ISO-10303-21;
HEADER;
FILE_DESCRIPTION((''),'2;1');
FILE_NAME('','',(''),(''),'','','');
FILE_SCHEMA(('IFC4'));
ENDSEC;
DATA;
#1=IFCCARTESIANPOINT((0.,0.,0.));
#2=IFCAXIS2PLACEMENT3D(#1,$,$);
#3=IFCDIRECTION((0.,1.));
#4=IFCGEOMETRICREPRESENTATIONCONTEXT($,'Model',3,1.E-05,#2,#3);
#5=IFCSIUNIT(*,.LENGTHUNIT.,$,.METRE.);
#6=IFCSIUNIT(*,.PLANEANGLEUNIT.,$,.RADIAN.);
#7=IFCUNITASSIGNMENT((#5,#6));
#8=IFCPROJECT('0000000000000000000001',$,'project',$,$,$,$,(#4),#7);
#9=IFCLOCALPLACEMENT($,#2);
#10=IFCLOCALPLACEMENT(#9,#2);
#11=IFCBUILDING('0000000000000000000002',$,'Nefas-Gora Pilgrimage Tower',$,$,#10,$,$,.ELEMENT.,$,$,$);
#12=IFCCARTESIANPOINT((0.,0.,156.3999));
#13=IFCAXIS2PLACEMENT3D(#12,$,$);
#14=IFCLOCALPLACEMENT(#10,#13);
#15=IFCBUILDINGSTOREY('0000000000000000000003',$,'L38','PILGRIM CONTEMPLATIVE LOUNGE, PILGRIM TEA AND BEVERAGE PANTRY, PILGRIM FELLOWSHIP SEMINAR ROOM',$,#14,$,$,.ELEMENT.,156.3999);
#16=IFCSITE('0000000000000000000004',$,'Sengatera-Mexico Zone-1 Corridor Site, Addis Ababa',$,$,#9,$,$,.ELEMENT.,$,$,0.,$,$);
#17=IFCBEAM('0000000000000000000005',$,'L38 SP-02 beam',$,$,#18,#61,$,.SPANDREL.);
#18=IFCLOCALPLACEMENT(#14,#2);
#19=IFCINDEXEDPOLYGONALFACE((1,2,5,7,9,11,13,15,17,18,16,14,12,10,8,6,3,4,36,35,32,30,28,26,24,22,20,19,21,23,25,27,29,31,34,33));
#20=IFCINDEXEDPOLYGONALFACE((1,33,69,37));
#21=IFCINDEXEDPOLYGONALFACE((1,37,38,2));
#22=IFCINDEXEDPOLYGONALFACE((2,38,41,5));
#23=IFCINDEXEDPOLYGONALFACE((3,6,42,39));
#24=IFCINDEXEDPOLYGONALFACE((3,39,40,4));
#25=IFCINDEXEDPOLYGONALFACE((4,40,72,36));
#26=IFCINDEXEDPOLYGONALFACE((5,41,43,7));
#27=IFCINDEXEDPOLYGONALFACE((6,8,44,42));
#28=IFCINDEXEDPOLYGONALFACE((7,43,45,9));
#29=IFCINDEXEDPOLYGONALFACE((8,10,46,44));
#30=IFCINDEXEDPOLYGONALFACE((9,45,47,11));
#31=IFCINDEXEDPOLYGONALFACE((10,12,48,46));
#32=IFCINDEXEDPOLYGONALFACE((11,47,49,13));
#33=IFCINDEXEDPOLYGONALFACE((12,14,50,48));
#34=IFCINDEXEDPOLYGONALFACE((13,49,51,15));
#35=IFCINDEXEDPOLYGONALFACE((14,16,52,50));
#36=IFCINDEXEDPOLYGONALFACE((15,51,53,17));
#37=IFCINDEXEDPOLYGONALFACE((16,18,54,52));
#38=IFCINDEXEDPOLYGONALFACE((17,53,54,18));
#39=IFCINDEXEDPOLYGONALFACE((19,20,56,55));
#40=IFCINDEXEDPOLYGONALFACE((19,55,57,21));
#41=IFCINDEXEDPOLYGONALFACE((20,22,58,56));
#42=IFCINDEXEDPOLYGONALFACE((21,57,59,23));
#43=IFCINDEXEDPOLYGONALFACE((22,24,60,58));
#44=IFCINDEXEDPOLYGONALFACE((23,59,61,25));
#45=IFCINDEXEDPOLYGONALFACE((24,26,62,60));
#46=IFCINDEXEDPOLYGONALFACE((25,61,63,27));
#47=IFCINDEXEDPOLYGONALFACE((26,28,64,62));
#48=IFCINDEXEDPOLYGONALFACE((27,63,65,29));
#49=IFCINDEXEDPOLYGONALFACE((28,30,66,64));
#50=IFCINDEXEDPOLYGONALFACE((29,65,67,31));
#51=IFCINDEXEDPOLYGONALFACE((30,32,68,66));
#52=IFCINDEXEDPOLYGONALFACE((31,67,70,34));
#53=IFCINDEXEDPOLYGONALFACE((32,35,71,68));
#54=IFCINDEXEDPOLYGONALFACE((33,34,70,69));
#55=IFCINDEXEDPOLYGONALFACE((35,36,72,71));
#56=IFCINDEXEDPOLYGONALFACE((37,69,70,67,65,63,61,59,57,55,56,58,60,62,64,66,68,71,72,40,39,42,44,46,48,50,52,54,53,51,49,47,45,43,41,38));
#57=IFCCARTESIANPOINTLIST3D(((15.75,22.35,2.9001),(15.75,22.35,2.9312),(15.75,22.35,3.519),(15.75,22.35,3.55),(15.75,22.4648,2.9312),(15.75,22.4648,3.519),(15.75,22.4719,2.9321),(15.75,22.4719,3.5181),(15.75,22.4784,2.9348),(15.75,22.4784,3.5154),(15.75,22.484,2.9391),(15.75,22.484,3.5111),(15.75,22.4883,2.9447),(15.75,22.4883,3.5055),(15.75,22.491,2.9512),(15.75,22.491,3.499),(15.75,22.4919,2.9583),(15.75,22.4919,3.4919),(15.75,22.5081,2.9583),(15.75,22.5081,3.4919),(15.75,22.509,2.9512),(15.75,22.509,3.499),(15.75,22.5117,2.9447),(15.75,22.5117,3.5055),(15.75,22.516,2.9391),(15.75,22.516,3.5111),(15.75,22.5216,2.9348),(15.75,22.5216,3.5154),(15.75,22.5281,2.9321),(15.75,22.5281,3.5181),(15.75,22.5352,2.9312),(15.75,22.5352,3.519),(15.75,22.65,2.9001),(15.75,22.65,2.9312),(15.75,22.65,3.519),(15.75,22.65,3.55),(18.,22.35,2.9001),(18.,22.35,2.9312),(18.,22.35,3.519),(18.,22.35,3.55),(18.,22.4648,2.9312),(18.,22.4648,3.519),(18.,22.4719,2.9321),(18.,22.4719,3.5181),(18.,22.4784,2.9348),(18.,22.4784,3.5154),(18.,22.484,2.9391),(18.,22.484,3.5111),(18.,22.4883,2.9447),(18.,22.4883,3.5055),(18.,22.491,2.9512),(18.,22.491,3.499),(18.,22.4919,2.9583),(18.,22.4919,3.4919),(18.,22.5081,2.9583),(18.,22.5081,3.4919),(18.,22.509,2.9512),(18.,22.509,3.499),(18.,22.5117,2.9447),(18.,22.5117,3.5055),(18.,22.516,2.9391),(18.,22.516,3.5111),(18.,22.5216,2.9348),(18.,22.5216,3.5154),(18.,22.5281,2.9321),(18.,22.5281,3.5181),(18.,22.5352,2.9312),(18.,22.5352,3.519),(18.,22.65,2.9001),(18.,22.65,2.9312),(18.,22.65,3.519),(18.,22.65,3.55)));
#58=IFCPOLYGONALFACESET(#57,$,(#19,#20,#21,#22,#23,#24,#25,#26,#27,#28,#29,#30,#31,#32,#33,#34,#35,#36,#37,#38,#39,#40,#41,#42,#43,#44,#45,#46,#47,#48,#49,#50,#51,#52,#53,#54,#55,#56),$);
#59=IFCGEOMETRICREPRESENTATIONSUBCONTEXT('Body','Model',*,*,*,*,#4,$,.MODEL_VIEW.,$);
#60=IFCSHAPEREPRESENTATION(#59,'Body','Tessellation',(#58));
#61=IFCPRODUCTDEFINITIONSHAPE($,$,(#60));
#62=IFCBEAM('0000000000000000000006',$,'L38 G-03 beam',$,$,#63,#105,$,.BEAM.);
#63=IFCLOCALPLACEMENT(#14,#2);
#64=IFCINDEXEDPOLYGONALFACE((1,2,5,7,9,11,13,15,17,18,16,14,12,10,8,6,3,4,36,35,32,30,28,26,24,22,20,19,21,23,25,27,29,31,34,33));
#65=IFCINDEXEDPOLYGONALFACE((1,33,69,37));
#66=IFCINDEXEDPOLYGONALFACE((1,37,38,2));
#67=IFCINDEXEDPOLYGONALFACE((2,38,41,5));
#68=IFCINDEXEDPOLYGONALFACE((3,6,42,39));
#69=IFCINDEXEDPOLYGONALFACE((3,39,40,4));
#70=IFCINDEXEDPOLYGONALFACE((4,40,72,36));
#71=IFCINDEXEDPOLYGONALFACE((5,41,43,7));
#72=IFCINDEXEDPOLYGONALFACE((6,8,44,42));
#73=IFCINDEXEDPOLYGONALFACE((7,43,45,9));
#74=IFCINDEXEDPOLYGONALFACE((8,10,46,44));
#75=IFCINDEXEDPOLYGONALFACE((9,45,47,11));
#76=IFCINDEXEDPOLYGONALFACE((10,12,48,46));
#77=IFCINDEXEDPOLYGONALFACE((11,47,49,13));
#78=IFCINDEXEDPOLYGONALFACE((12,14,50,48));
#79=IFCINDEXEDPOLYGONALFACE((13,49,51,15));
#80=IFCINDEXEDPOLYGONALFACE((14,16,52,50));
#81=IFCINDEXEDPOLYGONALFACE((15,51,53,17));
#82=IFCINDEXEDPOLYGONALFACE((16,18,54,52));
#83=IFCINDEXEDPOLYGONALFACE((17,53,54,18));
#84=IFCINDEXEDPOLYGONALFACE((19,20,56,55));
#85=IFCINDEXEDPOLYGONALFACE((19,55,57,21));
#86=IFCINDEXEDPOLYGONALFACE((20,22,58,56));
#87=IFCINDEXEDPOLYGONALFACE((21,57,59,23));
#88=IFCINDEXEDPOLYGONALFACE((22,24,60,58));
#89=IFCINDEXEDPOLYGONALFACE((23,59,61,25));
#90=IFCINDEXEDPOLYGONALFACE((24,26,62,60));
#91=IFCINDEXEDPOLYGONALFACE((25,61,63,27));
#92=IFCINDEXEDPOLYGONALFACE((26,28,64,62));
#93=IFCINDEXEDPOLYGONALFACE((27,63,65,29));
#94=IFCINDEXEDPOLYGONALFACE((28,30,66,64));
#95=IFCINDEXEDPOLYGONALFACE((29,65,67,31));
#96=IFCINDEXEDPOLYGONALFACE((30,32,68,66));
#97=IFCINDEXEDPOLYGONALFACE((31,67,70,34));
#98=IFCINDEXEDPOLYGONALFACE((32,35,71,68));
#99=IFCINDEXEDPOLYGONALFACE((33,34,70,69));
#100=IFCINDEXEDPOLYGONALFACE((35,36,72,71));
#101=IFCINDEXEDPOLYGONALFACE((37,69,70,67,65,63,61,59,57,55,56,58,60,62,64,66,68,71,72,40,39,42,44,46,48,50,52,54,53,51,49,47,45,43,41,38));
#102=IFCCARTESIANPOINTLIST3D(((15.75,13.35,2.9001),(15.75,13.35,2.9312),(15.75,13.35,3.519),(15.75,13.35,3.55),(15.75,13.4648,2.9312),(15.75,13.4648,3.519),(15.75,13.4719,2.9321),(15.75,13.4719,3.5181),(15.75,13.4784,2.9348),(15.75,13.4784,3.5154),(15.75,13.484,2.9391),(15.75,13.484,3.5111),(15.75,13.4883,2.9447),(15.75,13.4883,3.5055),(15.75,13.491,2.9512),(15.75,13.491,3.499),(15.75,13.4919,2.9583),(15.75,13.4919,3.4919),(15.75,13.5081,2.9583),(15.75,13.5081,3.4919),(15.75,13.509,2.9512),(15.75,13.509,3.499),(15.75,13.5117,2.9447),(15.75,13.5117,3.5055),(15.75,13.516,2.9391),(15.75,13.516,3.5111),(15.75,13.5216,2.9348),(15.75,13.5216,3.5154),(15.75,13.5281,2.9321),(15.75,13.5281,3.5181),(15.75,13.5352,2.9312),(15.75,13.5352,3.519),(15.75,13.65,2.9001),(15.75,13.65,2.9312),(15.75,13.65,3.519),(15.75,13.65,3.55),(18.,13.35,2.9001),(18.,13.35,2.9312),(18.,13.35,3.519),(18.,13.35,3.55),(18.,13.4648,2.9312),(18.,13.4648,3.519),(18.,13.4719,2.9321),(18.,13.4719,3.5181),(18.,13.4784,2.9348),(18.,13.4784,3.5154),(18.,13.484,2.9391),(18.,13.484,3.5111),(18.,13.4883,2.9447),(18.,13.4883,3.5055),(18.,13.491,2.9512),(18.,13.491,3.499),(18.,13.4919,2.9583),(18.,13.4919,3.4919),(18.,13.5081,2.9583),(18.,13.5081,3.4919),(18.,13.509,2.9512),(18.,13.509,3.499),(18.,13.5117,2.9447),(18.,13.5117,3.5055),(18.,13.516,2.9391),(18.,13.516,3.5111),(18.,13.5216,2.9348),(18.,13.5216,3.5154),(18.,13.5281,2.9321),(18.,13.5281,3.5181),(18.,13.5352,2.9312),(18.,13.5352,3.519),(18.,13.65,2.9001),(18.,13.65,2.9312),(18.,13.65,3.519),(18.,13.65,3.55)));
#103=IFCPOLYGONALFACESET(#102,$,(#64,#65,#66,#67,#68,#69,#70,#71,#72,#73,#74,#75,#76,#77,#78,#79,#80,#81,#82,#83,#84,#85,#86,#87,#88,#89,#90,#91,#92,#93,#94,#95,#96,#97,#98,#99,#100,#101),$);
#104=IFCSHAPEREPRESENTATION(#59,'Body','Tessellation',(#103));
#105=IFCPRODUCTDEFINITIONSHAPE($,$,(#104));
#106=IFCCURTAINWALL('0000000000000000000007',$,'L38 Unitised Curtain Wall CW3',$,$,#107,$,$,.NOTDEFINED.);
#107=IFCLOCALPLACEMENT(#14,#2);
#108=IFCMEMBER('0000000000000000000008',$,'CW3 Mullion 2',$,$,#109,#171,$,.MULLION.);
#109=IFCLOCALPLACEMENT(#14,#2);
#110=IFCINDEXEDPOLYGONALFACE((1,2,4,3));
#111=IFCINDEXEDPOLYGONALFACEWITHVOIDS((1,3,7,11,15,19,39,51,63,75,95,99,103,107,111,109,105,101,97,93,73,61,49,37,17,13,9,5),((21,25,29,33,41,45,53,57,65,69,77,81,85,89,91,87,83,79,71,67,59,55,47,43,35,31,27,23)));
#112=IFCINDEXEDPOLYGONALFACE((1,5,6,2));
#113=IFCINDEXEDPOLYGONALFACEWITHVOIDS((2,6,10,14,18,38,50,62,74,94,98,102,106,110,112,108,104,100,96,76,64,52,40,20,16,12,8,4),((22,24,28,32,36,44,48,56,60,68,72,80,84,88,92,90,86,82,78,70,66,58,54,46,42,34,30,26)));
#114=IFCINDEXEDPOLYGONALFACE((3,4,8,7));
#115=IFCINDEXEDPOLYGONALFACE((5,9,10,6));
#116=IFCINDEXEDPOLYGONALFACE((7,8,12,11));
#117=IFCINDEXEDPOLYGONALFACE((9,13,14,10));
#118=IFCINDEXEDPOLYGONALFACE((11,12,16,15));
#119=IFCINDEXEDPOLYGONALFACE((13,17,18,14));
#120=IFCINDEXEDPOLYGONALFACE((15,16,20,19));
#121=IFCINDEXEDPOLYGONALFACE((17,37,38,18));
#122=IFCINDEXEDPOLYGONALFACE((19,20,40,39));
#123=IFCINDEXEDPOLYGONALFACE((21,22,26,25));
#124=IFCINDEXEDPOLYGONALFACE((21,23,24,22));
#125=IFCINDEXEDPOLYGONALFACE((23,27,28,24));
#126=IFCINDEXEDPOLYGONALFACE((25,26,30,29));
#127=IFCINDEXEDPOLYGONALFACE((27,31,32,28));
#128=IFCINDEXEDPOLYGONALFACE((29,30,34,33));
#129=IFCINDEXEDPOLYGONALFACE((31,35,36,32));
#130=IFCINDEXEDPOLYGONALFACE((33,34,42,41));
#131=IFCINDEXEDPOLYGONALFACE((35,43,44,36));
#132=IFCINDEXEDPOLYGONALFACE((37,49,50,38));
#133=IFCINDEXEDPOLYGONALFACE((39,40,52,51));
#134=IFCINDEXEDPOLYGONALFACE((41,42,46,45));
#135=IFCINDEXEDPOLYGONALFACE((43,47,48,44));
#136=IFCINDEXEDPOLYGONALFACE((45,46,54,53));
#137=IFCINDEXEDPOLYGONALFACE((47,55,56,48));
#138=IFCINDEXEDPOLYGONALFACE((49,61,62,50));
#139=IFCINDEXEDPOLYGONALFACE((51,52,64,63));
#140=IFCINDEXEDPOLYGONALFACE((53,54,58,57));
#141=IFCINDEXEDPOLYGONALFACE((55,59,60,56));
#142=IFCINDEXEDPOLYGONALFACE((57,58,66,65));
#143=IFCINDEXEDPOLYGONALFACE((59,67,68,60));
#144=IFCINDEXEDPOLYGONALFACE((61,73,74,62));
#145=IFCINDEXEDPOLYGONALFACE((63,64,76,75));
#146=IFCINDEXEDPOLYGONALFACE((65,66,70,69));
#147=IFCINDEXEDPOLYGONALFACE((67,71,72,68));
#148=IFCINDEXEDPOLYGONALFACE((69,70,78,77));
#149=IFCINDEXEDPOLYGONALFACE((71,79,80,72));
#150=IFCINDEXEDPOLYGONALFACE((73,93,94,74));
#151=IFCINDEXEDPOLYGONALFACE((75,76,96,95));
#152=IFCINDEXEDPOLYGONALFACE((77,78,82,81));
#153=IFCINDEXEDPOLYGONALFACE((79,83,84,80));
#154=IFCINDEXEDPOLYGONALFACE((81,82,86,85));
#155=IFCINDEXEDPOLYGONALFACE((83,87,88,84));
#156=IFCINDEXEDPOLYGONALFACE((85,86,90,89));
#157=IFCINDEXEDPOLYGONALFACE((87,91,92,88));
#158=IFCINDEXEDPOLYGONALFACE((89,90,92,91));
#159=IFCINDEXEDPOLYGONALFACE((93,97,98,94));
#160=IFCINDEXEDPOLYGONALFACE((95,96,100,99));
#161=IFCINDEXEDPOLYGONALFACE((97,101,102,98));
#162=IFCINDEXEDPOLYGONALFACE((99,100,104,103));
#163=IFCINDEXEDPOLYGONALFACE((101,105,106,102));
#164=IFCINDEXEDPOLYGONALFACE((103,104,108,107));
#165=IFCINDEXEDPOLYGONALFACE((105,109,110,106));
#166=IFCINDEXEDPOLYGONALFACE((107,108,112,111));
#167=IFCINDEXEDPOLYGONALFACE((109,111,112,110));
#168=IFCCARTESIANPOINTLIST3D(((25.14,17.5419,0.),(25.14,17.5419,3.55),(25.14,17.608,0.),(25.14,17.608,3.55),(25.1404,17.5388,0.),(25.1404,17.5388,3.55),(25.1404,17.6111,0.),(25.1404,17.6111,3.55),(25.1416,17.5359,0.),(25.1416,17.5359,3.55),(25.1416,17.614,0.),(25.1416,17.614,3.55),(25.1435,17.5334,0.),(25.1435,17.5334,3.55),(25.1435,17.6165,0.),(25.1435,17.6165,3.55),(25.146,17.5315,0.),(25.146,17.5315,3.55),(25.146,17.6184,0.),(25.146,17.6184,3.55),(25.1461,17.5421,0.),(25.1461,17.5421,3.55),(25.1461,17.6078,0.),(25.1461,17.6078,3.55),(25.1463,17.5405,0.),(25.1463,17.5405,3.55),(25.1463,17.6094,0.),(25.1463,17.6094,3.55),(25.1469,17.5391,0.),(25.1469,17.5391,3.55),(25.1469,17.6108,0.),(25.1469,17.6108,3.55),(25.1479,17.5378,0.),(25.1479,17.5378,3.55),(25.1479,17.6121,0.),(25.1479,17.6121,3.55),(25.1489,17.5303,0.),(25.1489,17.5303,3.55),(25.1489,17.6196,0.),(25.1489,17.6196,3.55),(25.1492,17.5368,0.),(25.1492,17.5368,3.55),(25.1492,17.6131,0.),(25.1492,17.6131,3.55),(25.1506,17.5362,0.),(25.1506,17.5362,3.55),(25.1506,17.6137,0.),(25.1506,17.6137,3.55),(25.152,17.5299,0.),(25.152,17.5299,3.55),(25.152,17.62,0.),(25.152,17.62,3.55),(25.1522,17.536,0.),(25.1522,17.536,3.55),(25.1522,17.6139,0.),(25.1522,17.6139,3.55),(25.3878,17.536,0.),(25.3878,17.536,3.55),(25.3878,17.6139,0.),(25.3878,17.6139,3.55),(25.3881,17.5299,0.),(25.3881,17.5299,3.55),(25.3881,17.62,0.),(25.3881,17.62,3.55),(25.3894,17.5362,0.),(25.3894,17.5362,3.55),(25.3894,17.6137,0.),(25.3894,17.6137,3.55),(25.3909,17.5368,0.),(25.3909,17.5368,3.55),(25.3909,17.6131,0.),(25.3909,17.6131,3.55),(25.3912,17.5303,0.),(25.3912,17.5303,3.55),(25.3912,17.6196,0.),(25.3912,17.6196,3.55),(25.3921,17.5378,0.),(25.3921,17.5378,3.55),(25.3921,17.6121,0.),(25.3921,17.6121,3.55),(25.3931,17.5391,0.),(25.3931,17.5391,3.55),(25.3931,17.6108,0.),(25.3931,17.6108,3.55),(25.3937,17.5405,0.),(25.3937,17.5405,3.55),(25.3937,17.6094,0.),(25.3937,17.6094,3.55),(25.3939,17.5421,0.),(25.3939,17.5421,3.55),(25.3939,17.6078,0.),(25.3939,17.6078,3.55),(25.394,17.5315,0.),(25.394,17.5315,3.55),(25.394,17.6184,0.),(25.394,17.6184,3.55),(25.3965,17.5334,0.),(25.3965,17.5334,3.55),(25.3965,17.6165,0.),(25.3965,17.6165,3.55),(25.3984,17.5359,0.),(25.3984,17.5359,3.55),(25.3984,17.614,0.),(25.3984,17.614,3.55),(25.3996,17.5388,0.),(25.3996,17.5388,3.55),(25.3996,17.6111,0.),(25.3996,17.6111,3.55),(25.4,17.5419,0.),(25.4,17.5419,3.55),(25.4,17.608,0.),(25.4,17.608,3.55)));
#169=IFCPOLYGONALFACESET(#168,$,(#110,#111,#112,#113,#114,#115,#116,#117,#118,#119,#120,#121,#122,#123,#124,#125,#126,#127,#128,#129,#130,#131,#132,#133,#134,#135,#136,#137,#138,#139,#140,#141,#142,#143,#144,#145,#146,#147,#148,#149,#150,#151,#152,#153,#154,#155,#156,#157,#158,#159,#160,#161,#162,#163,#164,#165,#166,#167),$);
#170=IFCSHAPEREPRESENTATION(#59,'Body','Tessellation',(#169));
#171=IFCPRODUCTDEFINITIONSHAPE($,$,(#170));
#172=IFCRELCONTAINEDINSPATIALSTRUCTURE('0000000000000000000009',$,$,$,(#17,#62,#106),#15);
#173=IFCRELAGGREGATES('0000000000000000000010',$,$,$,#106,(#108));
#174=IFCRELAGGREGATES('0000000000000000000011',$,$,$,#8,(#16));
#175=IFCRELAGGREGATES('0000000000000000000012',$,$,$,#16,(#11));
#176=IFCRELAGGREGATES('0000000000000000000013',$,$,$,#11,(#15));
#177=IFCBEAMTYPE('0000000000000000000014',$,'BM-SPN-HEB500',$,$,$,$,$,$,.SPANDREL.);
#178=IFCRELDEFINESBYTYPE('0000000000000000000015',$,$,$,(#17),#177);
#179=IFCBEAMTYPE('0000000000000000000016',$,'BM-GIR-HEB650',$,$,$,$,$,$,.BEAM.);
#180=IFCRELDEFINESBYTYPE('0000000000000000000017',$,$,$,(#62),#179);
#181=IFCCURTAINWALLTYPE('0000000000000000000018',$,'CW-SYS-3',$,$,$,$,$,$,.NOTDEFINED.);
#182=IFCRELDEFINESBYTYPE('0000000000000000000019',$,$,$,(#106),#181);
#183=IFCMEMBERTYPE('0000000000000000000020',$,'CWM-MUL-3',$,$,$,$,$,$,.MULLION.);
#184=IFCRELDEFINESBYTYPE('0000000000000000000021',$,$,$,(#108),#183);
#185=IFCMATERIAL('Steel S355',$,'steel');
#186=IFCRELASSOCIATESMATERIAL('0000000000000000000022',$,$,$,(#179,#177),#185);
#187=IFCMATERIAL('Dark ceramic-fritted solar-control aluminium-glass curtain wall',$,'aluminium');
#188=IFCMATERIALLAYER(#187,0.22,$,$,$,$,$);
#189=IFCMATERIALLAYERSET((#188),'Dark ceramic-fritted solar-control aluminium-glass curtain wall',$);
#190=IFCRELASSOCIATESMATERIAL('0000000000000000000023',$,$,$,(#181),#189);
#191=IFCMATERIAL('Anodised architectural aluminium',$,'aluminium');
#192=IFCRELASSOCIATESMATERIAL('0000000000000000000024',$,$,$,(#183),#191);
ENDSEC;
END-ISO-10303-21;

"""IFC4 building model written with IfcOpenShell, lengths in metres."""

from ifc_helpers import new_model, si_unit, direction, frame, origin, origin_2d, place, context, subcontext, project, spatial, hollow_rectangle, i_section, extrude, source, transform, mapped, material, layer, layer_set, material_profile, profile_set, type_object, element, aggregate, save


model = new_model("IFC4")

# Units and contexts
model_context = context("Model", 3, precision=1e-05, world=origin(), true_north=direction((0.0, 1.0)))
body_context = subcontext(model_context, "Body", "Model", "MODEL_VIEW")
ifc_project = project(units=[si_unit("LENGTHUNIT", "METRE"), si_unit("PLANEANGLEUNIT", "RADIAN")], contexts=[model_context])

# Site, building, storey
site_placement = place(None, origin())
site = spatial("IfcSite", under=ifc_project, at=site_placement, Name="Sengatera-Mexico Zone-1 Corridor Site, Addis Ababa", CompositionType="ELEMENT", RefElevation=0.0)
building_placement = place(site_placement, origin())
building = spatial("IfcBuilding", under=site, at=building_placement, Name="Nefas-Gora Pilgrimage Tower", CompositionType="ELEMENT")
storey_placement = place(building_placement, frame((0.0, 0.0, 156.3999)))
storey = spatial("IfcBuildingStorey", under=building, at=storey_placement, Name="L38", Description="PILGRIM CONTEMPLATIVE LOUNGE, PILGRIM TEA AND BEVERAGE PANTRY, PILGRIM FELLOWSHIP SEMINAR ROOM", CompositionType="ELEMENT", Elevation=156.3999)

# Beams
ifc_material_1 = material(Name="Steel S355", Category="steel")
ifc_material_profile_1 = material_profile(ifc_material_1, i_section(OverallWidth=0.3, OverallDepth=0.6499, WebThickness=0.0161, FlangeThickness=0.031, FilletRadius=0.0271, at=origin_2d()), Name="HEB 650")
ifc_profile_set_1 = profile_set([ifc_material_profile_1], Name="Steel S355")
beam_type_1 = type_object("IfcBeamType", Name="BM-GIR-HEB650", PredefinedType="BEAM", material=ifc_profile_set_1)
ifc_material_profile_2 = material_profile(ifc_material_1, i_section(OverallWidth=0.3, OverallDepth=0.6499, WebThickness=0.0161, FlangeThickness=0.031, FilletRadius=0.0271, at=origin_2d()), Name="HEB 650")
ifc_profile_set_2 = profile_set([ifc_material_profile_2], Name="Steel S355")
beam_type_2 = type_object("IfcBeamType", Name="BM-SPN-HEB500", PredefinedType="SPANDREL", material=ifc_profile_set_2)
shared_shape_1 = source(origin(), body_context, "Body", "SweptSolid", [
    extrude(i_section(OverallWidth=0.3, OverallDepth=0.6499, WebThickness=0.0161, FlangeThickness=0.031, FilletRadius=0.0271, at=origin_2d()), origin(), (0.0, 0.0, 1.0), 2.25),
])
for number, where, z_axis, x_axis, name in (
    (1, (15.75, 22.5, 3.2251), (1.0, 0.0, 0.0), (0.0, 1.0, 0.0), "L38 SP-02 beam"),
):
    element("IfcBeam", number, at=place(storey_placement, frame(where, z_axis=z_axis, x_axis=x_axis)), inside=storey, type_object=beam_type_2, Name=name, PredefinedType="SPANDREL", context=body_context, shape_type="MappedRepresentation", body=[
        mapped(shared_shape_1, transform((0.0, 0.0, 0.0), x_axis=(1.0, 0.0, 0.0), y_axis=(0.0, 1.0, 0.0), z_axis=(0.0, 0.0, 1.0), scale=1.0)),
    ])
shared_shape_2 = source(origin(), body_context, "Body", "SweptSolid", [
    extrude(i_section(OverallWidth=0.3, OverallDepth=0.6499, WebThickness=0.0161, FlangeThickness=0.031, FilletRadius=0.0271, at=origin_2d()), origin(), (0.0, 0.0, 1.0), 2.25),
])
beam_1_placement = place(storey_placement, frame((15.75, 13.5, 3.2251), z_axis=(1.0, 0.0, 0.0), x_axis=(0.0, 1.0, 0.0)))
element("IfcBeam", 2, at=beam_1_placement, inside=storey, type_object=beam_type_1, Name="L38 G-03 beam", PredefinedType="BEAM", context=body_context, shape_type="MappedRepresentation", body=[
    mapped(shared_shape_2, transform((0.0, 0.0, 0.0), x_axis=(1.0, 0.0, 0.0), y_axis=(0.0, 1.0, 0.0), z_axis=(0.0, 0.0, 1.0), scale=1.0)),
])

# Curtain wall, member
ifc_material_2 = material(Name="Dark ceramic-fritted solar-control aluminium-glass curtain wall", Category="aluminium")
ifc_layer_1 = layer(ifc_material_2, 0.22)
ifc_layer_set_1 = layer_set([ifc_layer_1], Name="Dark ceramic-fritted solar-control aluminium-glass curtain wall")
curtain_wall_type = type_object("IfcCurtainWallType", Name="CW-SYS-3", PredefinedType="NOTDEFINED", material=ifc_layer_set_1)
curtain_wall_1_placement = place(storey_placement, origin())
curtain_wall_1 = element("IfcCurtainWall", 3, at=curtain_wall_1_placement, inside=storey, type_object=curtain_wall_type, Name="L38 Unitised Curtain Wall CW3", PredefinedType="NOTDEFINED")
ifc_material_3 = material(Name="Anodised architectural aluminium", Category="aluminium")
ifc_material_profile_3 = material_profile(ifc_material_3, hollow_rectangle(XDim=0.0901, YDim=0.26, WallThickness=0.0061, InnerFilletRadius=0.0061, OuterFilletRadius=0.012, at=origin_2d()), Name="ALU MULLION 90x260")
ifc_profile_set_3 = profile_set([ifc_material_profile_3], Name="Anodised architectural aluminium")
member_type_1 = type_object("IfcMemberType", Name="CWM-MUL-3", PredefinedType="MULLION", material=ifc_profile_set_3)
shared_shape_3 = source(origin(), body_context, "Body", "SweptSolid", [
    extrude(hollow_rectangle(XDim=0.0901, YDim=0.26, WallThickness=0.0061, InnerFilletRadius=0.0061, OuterFilletRadius=0.012, at=origin_2d()), origin(), (0.0, 0.0, 1.0), 3.55),
])
member_1_placement = place(storey_placement, frame((25.27, 17.575, 0.0), z_axis=(0.0, 0.0, 1.0), x_axis=(0.0, 1.0, 0.0)))
member_1 = element("IfcMember", 4, at=member_1_placement, type_object=member_type_1, Name="CW3 Mullion 2", PredefinedType="MULLION", context=body_context, shape_type="MappedRepresentation", body=[
    mapped(shared_shape_3, transform((0.0, 0.0, 0.0), x_axis=(1.0, 0.0, 0.0), y_axis=(0.0, 1.0, 0.0), z_axis=(0.0, 0.0, 1.0), scale=1.0)),
])
aggregate(curtain_wall_1, [member_1])

save(model, "model.ifc")
